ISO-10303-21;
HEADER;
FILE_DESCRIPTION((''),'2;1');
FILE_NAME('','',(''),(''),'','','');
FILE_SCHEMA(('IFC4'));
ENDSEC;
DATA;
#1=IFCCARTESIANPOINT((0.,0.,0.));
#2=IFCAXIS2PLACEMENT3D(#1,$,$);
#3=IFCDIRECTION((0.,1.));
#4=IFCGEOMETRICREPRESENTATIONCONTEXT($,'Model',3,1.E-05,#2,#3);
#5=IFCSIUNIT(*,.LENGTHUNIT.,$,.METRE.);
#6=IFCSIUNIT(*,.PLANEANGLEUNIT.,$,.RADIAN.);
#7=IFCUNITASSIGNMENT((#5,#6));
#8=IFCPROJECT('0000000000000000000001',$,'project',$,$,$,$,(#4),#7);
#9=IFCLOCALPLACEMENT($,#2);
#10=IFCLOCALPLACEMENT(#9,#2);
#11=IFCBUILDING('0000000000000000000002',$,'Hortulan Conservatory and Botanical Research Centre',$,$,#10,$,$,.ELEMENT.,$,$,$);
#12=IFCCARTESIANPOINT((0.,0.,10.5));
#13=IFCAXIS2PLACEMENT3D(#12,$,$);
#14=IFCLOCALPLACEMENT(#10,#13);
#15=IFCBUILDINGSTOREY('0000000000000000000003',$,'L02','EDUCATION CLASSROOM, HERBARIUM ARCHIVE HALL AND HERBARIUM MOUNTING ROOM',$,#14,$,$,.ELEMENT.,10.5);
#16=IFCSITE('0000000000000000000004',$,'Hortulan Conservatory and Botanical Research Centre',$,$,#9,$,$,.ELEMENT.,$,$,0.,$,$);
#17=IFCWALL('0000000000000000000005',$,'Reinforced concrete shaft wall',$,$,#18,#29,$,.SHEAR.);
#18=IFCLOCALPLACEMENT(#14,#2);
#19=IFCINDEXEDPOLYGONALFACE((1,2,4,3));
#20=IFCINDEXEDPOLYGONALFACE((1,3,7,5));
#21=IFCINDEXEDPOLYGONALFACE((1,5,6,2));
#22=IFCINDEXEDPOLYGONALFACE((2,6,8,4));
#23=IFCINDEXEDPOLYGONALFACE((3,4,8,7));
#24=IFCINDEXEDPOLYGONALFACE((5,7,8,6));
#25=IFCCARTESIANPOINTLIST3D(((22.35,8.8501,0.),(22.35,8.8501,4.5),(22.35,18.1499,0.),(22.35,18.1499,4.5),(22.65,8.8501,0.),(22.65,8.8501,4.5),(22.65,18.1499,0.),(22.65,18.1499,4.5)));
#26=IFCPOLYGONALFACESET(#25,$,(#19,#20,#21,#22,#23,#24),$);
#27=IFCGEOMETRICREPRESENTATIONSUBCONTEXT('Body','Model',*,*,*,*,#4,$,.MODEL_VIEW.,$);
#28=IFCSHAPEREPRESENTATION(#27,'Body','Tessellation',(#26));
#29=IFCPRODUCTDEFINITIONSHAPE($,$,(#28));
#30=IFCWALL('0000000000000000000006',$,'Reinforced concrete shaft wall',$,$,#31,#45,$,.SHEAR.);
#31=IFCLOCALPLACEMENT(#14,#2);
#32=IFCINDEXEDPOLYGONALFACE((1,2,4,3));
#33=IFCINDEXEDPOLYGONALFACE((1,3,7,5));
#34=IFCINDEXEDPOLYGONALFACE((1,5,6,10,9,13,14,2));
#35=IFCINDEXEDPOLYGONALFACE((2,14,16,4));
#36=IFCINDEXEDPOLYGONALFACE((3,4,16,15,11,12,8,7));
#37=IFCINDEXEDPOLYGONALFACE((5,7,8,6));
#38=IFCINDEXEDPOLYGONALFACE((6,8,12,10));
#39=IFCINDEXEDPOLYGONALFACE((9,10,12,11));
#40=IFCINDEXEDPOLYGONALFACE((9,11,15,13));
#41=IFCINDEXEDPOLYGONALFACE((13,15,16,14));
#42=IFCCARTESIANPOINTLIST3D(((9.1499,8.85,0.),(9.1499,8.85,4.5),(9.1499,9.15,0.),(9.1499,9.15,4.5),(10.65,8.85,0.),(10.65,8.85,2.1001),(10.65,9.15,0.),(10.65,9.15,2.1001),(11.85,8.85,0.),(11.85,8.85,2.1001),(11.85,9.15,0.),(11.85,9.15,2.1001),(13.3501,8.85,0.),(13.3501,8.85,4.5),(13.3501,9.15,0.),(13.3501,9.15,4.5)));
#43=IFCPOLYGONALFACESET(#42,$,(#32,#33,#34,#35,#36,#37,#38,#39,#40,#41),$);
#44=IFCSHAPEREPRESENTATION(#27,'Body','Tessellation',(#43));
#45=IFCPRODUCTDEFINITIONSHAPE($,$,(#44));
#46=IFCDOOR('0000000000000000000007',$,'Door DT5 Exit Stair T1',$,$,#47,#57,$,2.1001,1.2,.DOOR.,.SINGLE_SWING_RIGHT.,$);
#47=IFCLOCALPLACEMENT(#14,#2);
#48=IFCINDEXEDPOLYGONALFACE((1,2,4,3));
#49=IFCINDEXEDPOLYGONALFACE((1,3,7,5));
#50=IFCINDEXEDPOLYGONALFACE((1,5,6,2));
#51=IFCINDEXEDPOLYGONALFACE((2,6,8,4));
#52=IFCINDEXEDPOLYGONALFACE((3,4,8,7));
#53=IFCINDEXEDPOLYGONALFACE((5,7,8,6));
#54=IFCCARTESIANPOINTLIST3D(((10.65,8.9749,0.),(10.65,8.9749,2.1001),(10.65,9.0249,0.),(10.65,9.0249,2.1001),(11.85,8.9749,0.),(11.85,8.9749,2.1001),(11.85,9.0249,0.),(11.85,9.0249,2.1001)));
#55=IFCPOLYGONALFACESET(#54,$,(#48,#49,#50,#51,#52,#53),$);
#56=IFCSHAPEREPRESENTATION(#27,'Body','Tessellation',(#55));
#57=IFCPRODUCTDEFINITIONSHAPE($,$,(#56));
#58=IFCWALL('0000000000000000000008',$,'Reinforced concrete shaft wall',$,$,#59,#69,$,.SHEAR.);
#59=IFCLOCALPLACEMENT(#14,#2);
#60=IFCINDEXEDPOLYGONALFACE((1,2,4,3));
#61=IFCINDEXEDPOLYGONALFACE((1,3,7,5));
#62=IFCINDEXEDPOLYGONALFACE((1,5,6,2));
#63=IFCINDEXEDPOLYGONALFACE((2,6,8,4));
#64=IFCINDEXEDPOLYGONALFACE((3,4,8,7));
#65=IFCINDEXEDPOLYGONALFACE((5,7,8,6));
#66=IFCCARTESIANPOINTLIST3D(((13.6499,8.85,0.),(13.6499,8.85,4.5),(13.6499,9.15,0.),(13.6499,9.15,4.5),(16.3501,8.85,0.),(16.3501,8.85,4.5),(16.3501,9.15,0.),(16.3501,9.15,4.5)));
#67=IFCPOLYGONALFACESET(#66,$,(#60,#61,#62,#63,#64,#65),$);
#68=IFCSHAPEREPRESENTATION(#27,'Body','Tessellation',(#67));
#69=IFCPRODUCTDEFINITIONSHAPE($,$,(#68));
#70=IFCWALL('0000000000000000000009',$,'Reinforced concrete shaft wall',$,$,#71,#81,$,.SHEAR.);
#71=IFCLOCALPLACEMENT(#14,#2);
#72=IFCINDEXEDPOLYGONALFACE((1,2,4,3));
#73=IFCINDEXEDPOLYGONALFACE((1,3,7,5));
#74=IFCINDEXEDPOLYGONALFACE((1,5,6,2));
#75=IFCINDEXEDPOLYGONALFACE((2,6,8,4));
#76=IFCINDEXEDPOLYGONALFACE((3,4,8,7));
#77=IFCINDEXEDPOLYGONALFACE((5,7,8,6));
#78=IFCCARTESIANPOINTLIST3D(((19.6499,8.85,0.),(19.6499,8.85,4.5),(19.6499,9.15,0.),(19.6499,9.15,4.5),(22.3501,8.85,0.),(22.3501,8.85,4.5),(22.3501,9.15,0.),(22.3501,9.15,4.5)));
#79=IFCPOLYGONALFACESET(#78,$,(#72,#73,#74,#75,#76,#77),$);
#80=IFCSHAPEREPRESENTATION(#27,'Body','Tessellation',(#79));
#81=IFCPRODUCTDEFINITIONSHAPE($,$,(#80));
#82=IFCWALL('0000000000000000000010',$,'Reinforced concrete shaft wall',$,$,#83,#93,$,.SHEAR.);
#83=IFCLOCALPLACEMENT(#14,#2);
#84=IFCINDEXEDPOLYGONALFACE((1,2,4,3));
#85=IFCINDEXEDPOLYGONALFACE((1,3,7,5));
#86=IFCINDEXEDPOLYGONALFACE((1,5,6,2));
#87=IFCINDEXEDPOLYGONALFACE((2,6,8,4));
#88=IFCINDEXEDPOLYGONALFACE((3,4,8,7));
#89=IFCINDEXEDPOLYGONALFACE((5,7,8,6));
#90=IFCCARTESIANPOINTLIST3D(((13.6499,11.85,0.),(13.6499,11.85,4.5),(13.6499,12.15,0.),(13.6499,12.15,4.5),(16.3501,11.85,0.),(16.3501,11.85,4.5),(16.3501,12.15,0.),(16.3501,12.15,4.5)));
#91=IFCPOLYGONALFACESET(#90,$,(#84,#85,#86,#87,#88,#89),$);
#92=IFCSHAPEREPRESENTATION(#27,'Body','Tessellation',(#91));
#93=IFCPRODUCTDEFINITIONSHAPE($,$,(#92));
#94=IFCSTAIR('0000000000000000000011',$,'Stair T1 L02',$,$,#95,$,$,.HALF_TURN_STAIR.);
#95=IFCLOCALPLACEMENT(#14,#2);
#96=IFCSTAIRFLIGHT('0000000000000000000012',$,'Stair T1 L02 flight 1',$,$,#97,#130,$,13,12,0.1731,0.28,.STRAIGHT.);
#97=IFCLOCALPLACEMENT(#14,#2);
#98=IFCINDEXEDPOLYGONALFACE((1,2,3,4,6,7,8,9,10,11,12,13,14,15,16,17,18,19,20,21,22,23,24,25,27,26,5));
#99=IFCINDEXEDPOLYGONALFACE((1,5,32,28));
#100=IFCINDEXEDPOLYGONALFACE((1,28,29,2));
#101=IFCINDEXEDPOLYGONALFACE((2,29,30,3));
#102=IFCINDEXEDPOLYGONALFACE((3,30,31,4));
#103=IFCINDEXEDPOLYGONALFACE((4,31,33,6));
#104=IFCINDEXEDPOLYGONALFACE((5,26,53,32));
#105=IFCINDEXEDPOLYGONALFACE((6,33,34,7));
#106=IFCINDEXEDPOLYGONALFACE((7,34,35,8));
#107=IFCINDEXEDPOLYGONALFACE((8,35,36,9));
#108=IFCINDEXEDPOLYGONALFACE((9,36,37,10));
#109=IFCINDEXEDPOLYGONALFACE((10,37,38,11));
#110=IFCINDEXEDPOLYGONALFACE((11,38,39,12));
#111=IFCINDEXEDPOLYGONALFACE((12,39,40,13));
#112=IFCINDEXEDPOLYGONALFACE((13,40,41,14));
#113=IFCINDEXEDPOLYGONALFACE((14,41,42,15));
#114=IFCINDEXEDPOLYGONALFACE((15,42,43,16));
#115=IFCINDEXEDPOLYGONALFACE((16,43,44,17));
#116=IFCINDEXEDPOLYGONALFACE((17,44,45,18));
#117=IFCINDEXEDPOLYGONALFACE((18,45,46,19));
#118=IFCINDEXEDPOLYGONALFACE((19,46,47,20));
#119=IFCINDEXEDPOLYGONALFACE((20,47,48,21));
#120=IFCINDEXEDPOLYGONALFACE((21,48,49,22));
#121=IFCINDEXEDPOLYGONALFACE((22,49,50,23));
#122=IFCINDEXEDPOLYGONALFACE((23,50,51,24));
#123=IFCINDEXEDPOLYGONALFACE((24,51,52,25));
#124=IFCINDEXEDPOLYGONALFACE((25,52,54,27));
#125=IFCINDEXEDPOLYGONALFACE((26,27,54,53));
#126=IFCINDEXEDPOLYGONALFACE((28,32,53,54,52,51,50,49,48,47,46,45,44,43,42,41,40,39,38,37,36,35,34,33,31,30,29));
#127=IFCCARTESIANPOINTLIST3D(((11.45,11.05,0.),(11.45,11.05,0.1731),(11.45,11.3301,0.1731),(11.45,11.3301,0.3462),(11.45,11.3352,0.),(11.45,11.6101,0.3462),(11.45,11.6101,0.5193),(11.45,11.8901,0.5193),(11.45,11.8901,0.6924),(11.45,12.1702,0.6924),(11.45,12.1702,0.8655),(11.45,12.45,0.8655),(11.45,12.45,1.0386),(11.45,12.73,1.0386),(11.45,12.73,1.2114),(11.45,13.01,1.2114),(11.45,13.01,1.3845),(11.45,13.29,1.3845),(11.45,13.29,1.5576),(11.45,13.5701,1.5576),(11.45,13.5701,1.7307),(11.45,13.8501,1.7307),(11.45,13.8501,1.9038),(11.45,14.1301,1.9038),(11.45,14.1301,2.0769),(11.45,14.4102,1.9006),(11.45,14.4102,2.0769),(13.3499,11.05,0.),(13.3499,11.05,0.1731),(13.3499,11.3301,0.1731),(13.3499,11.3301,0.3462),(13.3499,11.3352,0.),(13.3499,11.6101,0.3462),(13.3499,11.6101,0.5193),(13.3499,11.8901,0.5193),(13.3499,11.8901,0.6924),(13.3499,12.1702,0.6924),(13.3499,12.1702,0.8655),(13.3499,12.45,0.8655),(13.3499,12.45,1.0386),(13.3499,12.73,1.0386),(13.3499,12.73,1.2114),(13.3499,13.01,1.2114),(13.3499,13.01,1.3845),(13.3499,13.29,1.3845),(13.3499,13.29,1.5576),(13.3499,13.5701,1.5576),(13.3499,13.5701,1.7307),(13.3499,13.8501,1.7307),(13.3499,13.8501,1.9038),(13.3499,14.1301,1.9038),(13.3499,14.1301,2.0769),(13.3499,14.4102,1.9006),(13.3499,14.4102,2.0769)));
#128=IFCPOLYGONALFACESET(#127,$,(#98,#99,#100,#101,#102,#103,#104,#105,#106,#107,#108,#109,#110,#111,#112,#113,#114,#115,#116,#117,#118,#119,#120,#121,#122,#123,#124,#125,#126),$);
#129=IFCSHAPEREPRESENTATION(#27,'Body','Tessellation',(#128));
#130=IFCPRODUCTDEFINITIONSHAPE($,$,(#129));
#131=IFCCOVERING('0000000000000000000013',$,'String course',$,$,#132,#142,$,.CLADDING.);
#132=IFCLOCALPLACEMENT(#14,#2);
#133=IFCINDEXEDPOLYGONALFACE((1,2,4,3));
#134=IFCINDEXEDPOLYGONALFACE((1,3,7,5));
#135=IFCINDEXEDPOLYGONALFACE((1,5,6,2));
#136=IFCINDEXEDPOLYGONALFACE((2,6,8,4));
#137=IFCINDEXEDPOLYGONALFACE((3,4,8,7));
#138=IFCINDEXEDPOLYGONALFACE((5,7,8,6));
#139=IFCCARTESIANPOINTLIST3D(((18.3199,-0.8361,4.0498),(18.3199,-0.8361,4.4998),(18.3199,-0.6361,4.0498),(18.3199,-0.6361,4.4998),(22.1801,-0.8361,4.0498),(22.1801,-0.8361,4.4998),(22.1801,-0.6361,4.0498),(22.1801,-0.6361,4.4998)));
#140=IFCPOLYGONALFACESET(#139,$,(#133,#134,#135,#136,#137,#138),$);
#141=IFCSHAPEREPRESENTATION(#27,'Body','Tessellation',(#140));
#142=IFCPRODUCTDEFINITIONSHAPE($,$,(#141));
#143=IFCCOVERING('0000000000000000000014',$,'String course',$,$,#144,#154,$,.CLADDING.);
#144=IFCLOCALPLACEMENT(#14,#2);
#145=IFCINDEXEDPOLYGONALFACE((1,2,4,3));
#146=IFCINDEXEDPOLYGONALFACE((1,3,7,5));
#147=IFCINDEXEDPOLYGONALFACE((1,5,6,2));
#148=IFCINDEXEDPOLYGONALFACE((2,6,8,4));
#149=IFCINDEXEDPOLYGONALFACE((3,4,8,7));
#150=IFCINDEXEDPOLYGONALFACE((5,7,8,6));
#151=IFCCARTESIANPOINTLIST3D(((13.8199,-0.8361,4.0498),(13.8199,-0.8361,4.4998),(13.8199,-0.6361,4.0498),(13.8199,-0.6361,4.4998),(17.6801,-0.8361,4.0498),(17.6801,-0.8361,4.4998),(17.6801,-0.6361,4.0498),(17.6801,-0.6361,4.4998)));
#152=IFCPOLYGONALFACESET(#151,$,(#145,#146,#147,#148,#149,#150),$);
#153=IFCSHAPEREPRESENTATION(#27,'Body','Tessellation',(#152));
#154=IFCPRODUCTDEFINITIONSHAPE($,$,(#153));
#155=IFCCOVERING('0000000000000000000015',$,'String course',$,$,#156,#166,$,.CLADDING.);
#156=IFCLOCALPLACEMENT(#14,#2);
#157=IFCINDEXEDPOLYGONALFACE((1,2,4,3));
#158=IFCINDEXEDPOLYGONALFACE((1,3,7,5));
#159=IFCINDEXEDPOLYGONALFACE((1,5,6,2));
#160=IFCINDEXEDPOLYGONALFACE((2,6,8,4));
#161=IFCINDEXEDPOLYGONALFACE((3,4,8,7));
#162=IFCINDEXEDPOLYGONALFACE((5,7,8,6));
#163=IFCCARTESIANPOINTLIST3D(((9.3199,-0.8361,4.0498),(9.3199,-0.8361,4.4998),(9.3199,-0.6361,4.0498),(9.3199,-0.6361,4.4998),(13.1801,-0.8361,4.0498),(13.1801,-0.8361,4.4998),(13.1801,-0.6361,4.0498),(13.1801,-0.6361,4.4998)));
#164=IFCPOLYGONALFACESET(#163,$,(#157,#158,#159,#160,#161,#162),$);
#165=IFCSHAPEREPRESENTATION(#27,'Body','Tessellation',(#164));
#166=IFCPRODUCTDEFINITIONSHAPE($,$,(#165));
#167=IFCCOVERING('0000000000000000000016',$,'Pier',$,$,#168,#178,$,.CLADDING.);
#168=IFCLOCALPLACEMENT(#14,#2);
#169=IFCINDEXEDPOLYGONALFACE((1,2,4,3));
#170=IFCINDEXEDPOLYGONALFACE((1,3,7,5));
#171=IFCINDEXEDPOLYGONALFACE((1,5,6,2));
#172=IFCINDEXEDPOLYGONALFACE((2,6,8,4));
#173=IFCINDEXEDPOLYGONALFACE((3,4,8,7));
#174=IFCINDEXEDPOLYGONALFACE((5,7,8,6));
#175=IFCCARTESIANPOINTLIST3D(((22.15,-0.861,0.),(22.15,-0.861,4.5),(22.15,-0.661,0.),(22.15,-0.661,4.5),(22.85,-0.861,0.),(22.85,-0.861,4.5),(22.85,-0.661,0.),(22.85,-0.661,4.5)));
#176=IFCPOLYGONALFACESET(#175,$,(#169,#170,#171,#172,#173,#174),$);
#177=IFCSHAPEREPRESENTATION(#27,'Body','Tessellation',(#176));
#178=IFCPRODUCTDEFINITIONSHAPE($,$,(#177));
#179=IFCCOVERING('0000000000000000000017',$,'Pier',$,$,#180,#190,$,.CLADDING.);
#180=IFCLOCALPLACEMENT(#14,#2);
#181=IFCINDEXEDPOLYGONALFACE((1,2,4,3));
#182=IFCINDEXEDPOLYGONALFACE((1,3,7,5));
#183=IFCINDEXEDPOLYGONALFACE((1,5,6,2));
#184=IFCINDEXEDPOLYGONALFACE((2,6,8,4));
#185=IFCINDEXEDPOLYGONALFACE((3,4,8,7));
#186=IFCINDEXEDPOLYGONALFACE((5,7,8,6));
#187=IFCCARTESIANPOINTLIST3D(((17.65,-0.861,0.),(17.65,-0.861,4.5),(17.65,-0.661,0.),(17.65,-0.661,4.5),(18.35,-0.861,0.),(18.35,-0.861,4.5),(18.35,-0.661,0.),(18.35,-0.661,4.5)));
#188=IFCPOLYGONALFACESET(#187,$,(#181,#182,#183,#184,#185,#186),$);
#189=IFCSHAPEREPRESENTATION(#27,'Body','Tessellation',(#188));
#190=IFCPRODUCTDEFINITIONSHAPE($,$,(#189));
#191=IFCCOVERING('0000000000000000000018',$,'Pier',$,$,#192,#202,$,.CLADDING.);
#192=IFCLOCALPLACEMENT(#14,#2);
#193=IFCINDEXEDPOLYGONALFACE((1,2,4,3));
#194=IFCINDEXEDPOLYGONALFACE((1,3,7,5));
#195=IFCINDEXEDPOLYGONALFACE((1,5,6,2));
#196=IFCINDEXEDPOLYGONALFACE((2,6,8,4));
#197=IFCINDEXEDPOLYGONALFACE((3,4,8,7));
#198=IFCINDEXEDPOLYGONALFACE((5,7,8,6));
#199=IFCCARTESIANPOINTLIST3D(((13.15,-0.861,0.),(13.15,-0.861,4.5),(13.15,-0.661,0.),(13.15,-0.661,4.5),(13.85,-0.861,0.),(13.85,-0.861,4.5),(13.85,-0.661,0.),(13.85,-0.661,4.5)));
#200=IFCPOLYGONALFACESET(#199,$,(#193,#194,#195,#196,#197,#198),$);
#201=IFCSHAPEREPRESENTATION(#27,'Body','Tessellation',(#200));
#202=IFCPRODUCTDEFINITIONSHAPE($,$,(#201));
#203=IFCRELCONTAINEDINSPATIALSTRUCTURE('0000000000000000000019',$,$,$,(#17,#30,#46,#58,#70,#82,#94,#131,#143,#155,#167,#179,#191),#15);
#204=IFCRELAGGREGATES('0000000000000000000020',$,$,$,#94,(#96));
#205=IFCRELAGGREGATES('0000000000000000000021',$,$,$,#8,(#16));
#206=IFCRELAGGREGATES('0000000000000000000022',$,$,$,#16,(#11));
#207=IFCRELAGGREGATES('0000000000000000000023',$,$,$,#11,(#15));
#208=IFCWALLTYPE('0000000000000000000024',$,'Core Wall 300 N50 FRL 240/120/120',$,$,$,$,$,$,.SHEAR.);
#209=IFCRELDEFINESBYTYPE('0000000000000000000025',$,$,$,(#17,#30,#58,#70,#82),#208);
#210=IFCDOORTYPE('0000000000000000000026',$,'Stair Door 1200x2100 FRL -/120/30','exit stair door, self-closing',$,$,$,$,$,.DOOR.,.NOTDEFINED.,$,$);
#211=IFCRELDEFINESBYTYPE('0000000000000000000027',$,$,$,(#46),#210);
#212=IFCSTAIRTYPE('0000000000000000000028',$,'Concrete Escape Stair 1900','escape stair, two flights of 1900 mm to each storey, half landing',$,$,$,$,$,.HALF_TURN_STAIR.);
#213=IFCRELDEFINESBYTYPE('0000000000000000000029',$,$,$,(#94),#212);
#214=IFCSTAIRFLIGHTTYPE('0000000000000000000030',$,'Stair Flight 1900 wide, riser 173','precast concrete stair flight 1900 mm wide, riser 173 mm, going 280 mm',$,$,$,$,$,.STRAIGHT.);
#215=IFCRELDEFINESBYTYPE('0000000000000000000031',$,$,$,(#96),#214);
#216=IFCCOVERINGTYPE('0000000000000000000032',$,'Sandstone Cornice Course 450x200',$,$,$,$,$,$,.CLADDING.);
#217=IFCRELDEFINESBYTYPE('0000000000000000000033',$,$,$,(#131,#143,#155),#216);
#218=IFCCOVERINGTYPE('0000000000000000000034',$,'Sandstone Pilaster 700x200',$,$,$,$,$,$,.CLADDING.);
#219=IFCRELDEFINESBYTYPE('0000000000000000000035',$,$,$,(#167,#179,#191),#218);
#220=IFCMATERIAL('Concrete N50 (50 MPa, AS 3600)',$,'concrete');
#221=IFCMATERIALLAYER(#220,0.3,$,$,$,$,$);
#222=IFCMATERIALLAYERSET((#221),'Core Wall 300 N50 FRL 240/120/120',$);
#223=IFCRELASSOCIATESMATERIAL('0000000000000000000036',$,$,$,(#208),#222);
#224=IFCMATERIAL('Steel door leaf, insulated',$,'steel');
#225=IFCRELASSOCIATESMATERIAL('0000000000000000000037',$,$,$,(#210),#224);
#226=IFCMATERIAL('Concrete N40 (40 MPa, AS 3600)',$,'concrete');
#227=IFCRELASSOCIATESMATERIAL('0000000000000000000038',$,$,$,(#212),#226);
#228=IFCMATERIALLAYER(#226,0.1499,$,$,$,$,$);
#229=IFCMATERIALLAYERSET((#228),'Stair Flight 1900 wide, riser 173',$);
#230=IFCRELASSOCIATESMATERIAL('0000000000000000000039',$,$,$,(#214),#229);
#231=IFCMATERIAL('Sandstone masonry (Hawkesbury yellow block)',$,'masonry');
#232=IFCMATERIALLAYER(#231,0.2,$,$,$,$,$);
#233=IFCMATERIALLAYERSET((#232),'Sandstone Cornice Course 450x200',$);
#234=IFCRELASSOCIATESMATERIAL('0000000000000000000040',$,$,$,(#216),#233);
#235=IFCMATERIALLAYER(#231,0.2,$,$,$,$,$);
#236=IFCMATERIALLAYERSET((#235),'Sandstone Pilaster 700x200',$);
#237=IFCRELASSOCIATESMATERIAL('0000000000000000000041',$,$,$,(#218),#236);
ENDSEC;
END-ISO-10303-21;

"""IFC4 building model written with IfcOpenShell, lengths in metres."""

from ifc_helpers import new_model, si_unit, direction, frame, frame_2d, origin, origin_2d, place, context, subcontext, project, spatial, polyline, rectangle, outline, extrude, material, layer, layer_set, type_object, element, fill, aggregate, save


model = new_model("IFC4")

# Units and contexts
model_context = context("Model", 3, precision=1e-05, world=origin(), true_north=direction((0.0, 1.0)))
body_context = subcontext(model_context, "Body", "Model", "MODEL_VIEW")
ifc_project = project(units=[si_unit("LENGTHUNIT", "METRE"), si_unit("PLANEANGLEUNIT", "RADIAN")], contexts=[model_context])

# Site, building, storey
site_placement = place(None, origin())
site = spatial("IfcSite", under=ifc_project, at=site_placement, Name="Hortulan Conservatory and Botanical Research Centre", CompositionType="ELEMENT", RefElevation=0.0)
building_placement = place(site_placement, origin())
building = spatial("IfcBuilding", under=site, at=building_placement, Name="Hortulan Conservatory and Botanical Research Centre", CompositionType="ELEMENT")
storey_placement = place(building_placement, frame((0.0, 0.0, 10.5)))
storey = spatial("IfcBuildingStorey", under=building, at=storey_placement, Name="L02", Description="EDUCATION CLASSROOM, HERBARIUM ARCHIVE HALL AND HERBARIUM MOUNTING ROOM", CompositionType="ELEMENT", Elevation=10.5)

# Shared definitions
ifc_material_1 = material(Name="Concrete N50 (50 MPa, AS 3600)", Category="concrete")
ifc_layer_1 = layer(ifc_material_1, 0.3)
ifc_layer_set_1 = layer_set([ifc_layer_1], Name="Core Wall 300 N50 FRL 240/120/120")
wall_type_1 = type_object("IfcWallType", Name="Core Wall 300 N50 FRL 240/120/120", PredefinedType="SHEAR", material=ifc_layer_set_1)

# Wall
wall_1_placement = place(storey_placement, frame((22.5, 8.8501, 0.0), z_axis=(0.0, 0.0, 1.0), x_axis=(0.0, 1.0, 0.0)))
element("IfcWall", 1, at=wall_1_placement, inside=storey, type_object=wall_type_1, Name="Reinforced concrete shaft wall", PredefinedType="SHEAR", context=body_context, shape_type="SweptSolid", body=[
    extrude(rectangle(XDim=9.2998, YDim=0.3, at=frame_2d((4.6499, 0.0))), origin(), (0.0, 0.0, 1.0), 4.5),
])

# Wall, opening, door
wall_2_placement = place(storey_placement, frame((9.1499, 9.0, 0.0), z_axis=(0.0, 0.0, 1.0), x_axis=(1.0, 0.0, 0.0)))
wall_2 = element("IfcWall", 2, at=wall_2_placement, inside=storey, type_object=wall_type_1, Name="Reinforced concrete shaft wall", PredefinedType="SHEAR", context=body_context, shape_type="SweptSolid", body=[
    extrude(rectangle(XDim=4.2002, YDim=0.3, at=frame_2d((2.1001, 0.0))), origin(), (0.0, 0.0, 1.0), 4.5),
])
opening_1_placement = place(wall_2_placement, frame((1.5, 0.0, 0.0)))
opening_1 = element("IfcOpeningElement", 3, at=opening_1_placement, cuts=wall_2, PredefinedType="OPENING", context=body_context, shape_type="SweptSolid", body=[
    extrude(rectangle(XDim=1.2, YDim=2.1001, at=frame_2d((0.6001, 1.05))), frame((0.0, 0.1599, 0.0), z_axis=(0.0, -1.0, 0.0), x_axis=(1.0, 0.0, 0.0)), (0.0, 0.0, 1.0), 0.3201),
])
ifc_material_2 = material(Name="Steel door leaf, insulated", Category="steel")
door_type_1 = type_object("IfcDoorType", Name="Stair Door 1200x2100 FRL -/120/30", Description="exit stair door, self-closing", OperationType="NOTDEFINED", PredefinedType="DOOR", material=ifc_material_2)
door_1_placement = place(opening_1_placement, origin())
door_1 = element("IfcDoor", 4, at=door_1_placement, inside=storey, type_object=door_type_1, Name="Door DT5 Exit Stair T1", OperationType="SINGLE_SWING_RIGHT", OverallHeight=2.1001, OverallWidth=1.2, PredefinedType="DOOR", context=body_context, shape_type="SweptSolid", body=[
    extrude(rectangle(XDim=1.2, YDim=2.1001, at=frame_2d((0.6001, 1.05))), frame((0.0, 0.0249, 0.0), z_axis=(0.0, -1.0, 0.0), x_axis=(1.0, 0.0, 0.0)), (0.0, 0.0, 1.0), 0.05),
])
fill(opening_1, door_1)

# Walls
for number, where, z_axis, x_axis, name in (
    (5, (13.6499, 9.0, 0.0), (0.0, 0.0, 1.0), (1.0, 0.0, 0.0), "Reinforced concrete shaft wall"),
    (6, (19.6499, 9.0, 0.0), (0.0, 0.0, 1.0), (1.0, 0.0, 0.0), "Reinforced concrete shaft wall"),
    (7, (13.6499, 12.0, 0.0), (0.0, 0.0, 1.0), (1.0, 0.0, 0.0), "Reinforced concrete shaft wall"),
):
    element("IfcWall", number, at=place(storey_placement, frame(where, z_axis=z_axis, x_axis=x_axis)), inside=storey, type_object=wall_type_1, Name=name, PredefinedType="SHEAR", context=body_context, shape_type="SweptSolid", body=[
        extrude(rectangle(XDim=2.7002, YDim=0.3, at=frame_2d((1.3501, 0.0))), origin(), (0.0, 0.0, 1.0), 4.5),
    ])

# Stair, stair flight
ifc_material_3 = material(Name="Concrete N40 (40 MPa, AS 3600)", Category="concrete")
stair_type = type_object("IfcStairType", Name="Concrete Escape Stair 1900", Description="escape stair, two flights of 1900 mm to each storey, half landing", PredefinedType="HALF_TURN_STAIR", material=ifc_material_3)
stair_placement = place(storey_placement, origin())
stair = element("IfcStair", 8, at=stair_placement, inside=storey, type_object=stair_type, Name="Stair T1 L02", PredefinedType="HALF_TURN_STAIR")
ifc_layer_2 = layer(ifc_material_3, 0.1499)
ifc_layer_set_2 = layer_set([ifc_layer_2], Name="Stair Flight 1900 wide, riser 173")
stair_flight_type = type_object("IfcStairFlightType", Name="Stair Flight 1900 wide, riser 173", Description="precast concrete stair flight 1900 mm wide, riser 173 mm, going 280 mm", PredefinedType="STRAIGHT", material=ifc_layer_set_2)
stair_flight_placement = place(storey_placement, frame((12.3999, 11.05, 0.0), z_axis=(0.0, 0.0, 1.0), x_axis=(0.0, 1.0, 0.0)))
stair_flight = element("IfcStairFlight", 9, at=stair_flight_placement, type_object=stair_flight_type, Name="Stair T1 L02 flight 1", NumberOfRisers=13, NumberOfTreads=12, PredefinedType="STRAIGHT", RiserHeight=0.1731, TreadLength=0.28, context=body_context, shape_type="SweptSolid", body=[
    extrude(outline(polyline([(0.0, 0.0), (0.0, 0.1731), (0.28, 0.1731), (0.28, 0.3462), (0.5601, 0.3462), (0.5601, 0.5193), (0.8401, 0.5193), (0.8401, 0.6924), (1.1201, 0.6924), (1.1201, 0.8655), (1.3999, 0.8655), (1.3999, 1.0386), (1.6799, 1.0386), (1.6799, 1.2114), (1.96, 1.2114), (1.96, 1.3845), (2.24, 1.3845), (2.24, 1.5576), (2.52, 1.5576), (2.52, 1.7307), (2.8, 1.7307), (2.8, 1.9038), (3.0801, 1.9038), (3.0801, 2.0769), (3.3601, 2.0769), (3.3601, 2.25), (3.3601, 1.9006), (0.2852, 0.0), (0.0, 0.0)])), frame((0.0, 0.95, 0.0), z_axis=(0.0, -1.0, 0.0), x_axis=(1.0, 0.0, 0.0)), (0.0, 0.0, 1.0), 1.8999),
])
aggregate(stair, [stair_flight])

# Coverings
ifc_material_4 = material(Name="Sandstone masonry (Hawkesbury yellow block)", Category="masonry")
ifc_layer_3 = layer(ifc_material_4, 0.2)
ifc_layer_set_3 = layer_set([ifc_layer_3], Name="Sandstone Cornice Course 450x200")
covering_type_1 = type_object("IfcCoveringType", Name="Sandstone Cornice Course 450x200", PredefinedType="CLADDING", material=ifc_layer_set_3)
for number, where, z_axis, x_axis, name in (
    (10, (20.25, -0.7361, 4.0498), (0.0, 0.0, 1.0), (-1.0, 0.0, 0.0), "String course"),
    (11, (15.75, -0.7361, 4.0498), (0.0, 0.0, 1.0), (-1.0, 0.0, 0.0), "String course"),
    (12, (11.25, -0.7361, 4.0498), (0.0, 0.0, 1.0), (-1.0, 0.0, 0.0), "String course"),
):
    element("IfcCovering", number, at=place(storey_placement, frame(where, z_axis=z_axis, x_axis=x_axis)), inside=storey, type_object=covering_type_1, Name=name, PredefinedType="CLADDING", context=body_context, shape_type="SweptSolid", body=[
        extrude(rectangle(XDim=3.8601, YDim=0.2, at=origin_2d()), origin(), (0.0, 0.0, 1.0), 0.45),
    ])
ifc_layer_4 = layer(ifc_material_4, 0.2)
ifc_layer_set_4 = layer_set([ifc_layer_4], Name="Sandstone Pilaster 700x200")
covering_type_2 = type_object("IfcCoveringType", Name="Sandstone Pilaster 700x200", PredefinedType="CLADDING", material=ifc_layer_set_4)
for number, where, z_axis, x_axis, name in (
    (13, (22.5, -0.761, 0.0), (0.0, 0.0, 1.0), (-1.0, 0.0, 0.0), "Pier"),
    (14, (18.0, -0.761, 0.0), (0.0, 0.0, 1.0), (-1.0, 0.0, 0.0), "Pier"),
    (15, (13.5, -0.761, 0.0), (0.0, 0.0, 1.0), (-1.0, 0.0, 0.0), "Pier"),
):
    element("IfcCovering", number, at=place(storey_placement, frame(where, z_axis=z_axis, x_axis=x_axis)), inside=storey, type_object=covering_type_2, Name=name, PredefinedType="CLADDING", context=body_context, shape_type="SweptSolid", body=[
        extrude(rectangle(XDim=0.7, YDim=0.2, at=origin_2d()), origin(), (0.0, 0.0, 1.0), 4.5),
    ])

save(model, "model.ifc")
